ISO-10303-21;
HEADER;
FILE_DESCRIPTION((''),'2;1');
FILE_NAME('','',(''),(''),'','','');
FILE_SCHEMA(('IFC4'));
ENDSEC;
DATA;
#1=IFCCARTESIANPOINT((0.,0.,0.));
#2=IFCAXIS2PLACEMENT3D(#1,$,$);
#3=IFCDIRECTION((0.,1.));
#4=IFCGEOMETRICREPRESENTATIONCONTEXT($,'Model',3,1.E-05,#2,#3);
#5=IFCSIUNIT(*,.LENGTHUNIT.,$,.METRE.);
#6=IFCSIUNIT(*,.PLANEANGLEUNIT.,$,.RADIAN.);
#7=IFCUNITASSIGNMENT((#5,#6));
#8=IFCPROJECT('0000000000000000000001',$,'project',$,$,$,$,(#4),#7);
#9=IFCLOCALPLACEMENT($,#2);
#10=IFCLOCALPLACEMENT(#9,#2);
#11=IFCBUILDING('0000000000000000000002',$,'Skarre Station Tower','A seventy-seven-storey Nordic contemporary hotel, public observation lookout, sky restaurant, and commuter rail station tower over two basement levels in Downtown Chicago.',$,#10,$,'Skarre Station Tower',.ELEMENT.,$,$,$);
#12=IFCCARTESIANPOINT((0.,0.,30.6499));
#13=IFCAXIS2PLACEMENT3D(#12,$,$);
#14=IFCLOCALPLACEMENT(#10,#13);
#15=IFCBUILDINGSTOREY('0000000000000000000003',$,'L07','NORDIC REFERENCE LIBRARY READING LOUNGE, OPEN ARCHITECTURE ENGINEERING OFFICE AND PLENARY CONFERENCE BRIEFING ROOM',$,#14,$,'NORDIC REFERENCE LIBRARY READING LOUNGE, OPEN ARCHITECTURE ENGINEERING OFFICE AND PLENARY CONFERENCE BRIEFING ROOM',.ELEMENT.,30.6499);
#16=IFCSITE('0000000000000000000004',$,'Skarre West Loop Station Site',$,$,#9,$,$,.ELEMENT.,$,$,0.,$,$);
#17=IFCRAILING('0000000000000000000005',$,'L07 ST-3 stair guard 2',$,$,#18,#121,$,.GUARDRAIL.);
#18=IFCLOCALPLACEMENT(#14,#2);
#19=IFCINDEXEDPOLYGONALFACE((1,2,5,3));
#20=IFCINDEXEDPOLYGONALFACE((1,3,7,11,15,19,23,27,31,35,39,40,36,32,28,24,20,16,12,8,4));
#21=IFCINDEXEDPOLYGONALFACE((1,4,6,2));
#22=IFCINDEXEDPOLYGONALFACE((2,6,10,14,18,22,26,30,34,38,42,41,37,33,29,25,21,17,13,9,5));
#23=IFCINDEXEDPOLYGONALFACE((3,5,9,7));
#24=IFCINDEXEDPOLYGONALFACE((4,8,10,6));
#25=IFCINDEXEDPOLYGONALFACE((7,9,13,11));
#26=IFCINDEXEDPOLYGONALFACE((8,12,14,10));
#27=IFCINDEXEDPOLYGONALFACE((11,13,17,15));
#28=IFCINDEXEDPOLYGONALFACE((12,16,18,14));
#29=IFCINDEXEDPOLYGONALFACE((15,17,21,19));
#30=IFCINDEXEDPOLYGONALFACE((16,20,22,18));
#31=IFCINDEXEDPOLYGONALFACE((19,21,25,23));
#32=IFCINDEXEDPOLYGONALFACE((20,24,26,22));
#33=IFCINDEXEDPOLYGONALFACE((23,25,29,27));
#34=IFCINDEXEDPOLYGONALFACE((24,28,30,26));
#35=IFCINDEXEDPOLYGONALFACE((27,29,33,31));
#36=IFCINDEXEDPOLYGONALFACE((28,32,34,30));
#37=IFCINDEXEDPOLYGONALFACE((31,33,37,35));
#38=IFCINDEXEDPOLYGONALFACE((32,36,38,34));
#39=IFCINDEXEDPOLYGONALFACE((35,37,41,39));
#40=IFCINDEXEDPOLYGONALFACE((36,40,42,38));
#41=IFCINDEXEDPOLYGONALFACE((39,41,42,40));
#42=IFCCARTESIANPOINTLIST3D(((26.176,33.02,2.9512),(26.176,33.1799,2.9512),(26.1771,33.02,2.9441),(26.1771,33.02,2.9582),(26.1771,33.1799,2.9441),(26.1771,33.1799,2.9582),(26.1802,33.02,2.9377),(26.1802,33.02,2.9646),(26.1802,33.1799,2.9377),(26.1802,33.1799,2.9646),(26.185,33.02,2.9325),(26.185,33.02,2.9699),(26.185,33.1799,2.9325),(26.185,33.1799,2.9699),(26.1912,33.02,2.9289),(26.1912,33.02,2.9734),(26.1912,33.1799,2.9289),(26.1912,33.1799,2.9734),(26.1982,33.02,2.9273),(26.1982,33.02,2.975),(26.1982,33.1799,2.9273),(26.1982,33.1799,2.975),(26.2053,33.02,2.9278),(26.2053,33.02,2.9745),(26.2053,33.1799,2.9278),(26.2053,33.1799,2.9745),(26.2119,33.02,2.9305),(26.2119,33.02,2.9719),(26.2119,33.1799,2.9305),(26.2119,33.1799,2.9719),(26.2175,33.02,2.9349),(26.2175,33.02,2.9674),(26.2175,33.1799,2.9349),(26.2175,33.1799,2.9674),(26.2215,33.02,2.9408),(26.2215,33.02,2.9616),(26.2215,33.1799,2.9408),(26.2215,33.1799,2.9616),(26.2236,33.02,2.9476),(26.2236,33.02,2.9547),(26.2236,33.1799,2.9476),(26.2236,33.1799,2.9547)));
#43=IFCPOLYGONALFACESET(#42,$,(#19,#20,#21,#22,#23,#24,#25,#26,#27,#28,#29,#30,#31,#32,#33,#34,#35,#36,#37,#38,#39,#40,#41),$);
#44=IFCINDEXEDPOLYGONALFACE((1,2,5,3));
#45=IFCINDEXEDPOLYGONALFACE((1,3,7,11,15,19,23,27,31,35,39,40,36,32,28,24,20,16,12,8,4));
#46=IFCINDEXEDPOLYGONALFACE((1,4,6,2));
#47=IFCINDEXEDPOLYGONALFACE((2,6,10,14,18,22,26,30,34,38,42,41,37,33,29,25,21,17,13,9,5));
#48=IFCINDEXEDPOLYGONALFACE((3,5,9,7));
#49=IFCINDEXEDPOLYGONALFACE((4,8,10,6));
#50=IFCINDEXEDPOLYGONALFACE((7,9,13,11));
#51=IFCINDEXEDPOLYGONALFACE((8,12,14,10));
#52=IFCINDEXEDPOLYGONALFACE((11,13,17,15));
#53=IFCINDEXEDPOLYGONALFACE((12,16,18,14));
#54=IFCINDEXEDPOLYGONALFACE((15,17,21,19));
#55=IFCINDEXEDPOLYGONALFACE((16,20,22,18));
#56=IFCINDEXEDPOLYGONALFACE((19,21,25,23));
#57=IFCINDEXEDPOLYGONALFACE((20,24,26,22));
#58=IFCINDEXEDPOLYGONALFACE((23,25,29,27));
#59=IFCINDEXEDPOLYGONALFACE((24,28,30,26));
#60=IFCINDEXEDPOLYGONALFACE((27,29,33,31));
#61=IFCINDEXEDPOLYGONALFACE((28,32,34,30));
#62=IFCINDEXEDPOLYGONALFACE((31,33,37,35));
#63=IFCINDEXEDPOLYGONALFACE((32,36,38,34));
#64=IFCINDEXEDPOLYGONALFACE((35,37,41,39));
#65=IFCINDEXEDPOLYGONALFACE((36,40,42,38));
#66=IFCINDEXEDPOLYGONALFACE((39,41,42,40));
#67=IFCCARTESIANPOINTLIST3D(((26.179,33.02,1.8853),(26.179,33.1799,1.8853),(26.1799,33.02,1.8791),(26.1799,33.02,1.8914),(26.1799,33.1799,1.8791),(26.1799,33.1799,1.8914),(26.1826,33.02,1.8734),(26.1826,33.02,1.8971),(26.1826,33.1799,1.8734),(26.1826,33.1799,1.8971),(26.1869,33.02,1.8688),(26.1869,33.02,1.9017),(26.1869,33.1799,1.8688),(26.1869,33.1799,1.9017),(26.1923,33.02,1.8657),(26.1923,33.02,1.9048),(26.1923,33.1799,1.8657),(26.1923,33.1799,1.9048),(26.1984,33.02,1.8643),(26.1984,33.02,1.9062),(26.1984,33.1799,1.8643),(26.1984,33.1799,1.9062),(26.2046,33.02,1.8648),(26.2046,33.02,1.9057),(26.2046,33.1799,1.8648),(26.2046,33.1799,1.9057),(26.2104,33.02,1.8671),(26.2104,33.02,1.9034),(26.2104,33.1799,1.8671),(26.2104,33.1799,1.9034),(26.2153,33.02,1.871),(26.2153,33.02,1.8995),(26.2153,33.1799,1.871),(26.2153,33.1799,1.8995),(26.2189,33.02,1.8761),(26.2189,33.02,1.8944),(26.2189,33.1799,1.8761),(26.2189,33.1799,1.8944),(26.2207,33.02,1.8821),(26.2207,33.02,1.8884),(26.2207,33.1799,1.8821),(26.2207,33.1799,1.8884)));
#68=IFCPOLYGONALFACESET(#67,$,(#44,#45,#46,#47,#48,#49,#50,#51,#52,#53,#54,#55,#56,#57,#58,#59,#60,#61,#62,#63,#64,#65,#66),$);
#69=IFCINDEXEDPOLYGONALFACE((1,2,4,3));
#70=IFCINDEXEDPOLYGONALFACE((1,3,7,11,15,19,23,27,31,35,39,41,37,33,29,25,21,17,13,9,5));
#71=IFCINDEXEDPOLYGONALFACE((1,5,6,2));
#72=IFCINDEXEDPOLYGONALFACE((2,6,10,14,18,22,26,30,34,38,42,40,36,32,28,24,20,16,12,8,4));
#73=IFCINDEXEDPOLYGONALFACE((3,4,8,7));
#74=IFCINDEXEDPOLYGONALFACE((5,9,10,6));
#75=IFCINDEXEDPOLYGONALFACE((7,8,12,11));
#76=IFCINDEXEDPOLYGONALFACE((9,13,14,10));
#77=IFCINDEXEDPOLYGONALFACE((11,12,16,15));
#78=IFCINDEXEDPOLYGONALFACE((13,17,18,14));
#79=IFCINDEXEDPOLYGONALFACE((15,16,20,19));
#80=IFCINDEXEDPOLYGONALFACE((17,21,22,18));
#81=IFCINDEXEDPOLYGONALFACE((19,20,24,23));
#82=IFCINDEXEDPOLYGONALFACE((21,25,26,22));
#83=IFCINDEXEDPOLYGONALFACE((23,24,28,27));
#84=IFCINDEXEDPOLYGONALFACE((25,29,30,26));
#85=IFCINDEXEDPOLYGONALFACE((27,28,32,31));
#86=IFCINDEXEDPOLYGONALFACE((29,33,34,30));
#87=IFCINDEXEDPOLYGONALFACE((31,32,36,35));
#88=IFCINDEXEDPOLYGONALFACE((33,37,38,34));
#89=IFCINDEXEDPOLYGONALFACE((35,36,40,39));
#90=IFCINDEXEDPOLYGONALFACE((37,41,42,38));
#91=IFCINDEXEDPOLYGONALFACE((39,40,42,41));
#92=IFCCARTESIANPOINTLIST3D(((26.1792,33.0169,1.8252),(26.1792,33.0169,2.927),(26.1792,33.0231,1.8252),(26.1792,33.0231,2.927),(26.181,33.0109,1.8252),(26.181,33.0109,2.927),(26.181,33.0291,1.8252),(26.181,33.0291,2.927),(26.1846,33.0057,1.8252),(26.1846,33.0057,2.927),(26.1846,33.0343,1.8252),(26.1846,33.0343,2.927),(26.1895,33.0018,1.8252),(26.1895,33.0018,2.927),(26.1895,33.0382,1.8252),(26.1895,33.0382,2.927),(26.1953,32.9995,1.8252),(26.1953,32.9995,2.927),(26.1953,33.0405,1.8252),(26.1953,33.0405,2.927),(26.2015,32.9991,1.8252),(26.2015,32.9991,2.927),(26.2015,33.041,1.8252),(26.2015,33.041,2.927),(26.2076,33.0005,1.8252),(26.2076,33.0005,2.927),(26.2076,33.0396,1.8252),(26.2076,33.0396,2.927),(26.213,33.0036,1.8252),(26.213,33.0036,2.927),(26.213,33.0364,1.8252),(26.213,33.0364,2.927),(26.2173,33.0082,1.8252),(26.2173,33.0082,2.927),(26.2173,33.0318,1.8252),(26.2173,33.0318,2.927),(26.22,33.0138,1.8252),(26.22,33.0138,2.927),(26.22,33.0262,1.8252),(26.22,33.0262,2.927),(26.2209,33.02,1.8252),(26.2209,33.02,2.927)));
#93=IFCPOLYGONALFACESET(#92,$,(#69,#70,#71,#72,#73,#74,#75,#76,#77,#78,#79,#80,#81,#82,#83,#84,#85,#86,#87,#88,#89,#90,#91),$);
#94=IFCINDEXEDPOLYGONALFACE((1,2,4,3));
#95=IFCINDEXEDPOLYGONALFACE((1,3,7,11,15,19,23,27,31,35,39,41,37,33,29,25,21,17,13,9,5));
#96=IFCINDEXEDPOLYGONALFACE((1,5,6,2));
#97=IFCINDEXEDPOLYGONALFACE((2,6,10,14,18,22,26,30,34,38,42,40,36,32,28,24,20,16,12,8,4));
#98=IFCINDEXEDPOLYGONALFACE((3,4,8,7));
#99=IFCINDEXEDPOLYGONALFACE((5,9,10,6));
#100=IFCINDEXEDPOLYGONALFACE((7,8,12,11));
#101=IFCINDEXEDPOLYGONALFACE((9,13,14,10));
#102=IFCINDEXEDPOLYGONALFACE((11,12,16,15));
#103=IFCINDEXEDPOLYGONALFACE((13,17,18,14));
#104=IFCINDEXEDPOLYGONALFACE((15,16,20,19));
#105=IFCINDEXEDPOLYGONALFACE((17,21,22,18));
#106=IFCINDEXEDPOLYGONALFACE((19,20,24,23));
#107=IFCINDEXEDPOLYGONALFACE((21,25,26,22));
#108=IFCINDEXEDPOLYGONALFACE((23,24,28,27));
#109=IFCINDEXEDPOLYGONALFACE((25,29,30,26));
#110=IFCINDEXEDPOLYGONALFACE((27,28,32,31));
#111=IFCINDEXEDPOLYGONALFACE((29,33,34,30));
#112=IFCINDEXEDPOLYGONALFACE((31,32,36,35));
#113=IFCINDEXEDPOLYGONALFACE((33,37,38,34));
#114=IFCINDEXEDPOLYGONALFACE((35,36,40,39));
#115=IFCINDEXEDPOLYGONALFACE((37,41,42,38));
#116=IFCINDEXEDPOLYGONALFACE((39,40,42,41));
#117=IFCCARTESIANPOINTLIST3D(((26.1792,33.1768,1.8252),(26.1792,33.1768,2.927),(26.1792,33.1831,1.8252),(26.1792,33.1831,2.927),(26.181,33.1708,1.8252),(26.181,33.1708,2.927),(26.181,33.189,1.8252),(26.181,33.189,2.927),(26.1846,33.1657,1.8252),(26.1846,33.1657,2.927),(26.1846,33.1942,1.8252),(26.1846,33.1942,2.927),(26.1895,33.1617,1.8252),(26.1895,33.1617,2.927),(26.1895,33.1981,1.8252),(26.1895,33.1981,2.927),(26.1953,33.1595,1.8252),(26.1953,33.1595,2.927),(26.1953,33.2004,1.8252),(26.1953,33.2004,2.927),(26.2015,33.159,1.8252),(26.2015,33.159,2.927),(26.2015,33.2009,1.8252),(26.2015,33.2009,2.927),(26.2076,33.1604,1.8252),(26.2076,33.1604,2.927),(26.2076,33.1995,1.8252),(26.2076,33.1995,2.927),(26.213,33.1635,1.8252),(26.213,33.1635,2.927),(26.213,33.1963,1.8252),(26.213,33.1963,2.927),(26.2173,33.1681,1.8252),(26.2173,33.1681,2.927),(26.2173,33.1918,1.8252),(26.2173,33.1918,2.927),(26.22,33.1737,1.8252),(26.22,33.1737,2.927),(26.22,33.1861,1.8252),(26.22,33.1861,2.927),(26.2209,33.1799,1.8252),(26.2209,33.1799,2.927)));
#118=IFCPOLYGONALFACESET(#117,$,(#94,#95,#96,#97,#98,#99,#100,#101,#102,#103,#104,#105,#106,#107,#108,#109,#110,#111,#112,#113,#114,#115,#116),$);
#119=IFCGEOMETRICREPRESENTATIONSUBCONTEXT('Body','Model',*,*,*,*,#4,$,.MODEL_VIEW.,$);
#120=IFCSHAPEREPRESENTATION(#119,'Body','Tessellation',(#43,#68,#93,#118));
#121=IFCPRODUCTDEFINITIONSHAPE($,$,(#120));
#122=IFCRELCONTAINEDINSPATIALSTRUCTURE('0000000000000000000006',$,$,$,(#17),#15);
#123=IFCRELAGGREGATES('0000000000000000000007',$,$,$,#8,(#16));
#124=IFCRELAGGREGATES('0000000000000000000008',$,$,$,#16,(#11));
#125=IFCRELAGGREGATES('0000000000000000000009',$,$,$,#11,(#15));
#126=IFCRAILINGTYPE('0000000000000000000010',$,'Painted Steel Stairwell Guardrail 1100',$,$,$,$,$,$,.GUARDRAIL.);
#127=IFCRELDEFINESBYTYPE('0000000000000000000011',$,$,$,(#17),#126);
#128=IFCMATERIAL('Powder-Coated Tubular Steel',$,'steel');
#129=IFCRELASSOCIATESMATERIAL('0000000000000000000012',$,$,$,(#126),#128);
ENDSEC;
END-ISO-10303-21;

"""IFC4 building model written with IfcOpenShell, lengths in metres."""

from ifc_helpers import new_model, si_unit, direction, frame, origin, origin_2d, place, context, subcontext, project, spatial, circle, extrude, material, type_object, element, save


model = new_model("IFC4")

# Units and contexts
model_context = context("Model", 3, precision=1e-05, world=origin(), true_north=direction((0.0, 1.0)))
body_context = subcontext(model_context, "Body", "Model", "MODEL_VIEW")
ifc_project = project(units=[si_unit("LENGTHUNIT", "METRE"), si_unit("PLANEANGLEUNIT", "RADIAN")], contexts=[model_context])

# Site, building, storey
site_placement = place(None, origin())
site = spatial("IfcSite", under=ifc_project, at=site_placement, Name="Skarre West Loop Station Site", CompositionType="ELEMENT", RefElevation=0.0)
building_placement = place(site_placement, origin())
building = spatial("IfcBuilding", under=site, at=building_placement, Name="Skarre Station Tower", Description="A seventy-seven-storey Nordic contemporary hotel, public observation lookout, sky restaurant, and commuter rail station tower over two basement levels in Downtown Chicago.", LongName="Skarre Station Tower", CompositionType="ELEMENT")
storey_placement = place(building_placement, frame((0.0, 0.0, 30.6499)))
storey = spatial("IfcBuildingStorey", under=building, at=storey_placement, Name="L07", Description="NORDIC REFERENCE LIBRARY READING LOUNGE, OPEN ARCHITECTURE ENGINEERING OFFICE AND PLENARY CONFERENCE BRIEFING ROOM", LongName="NORDIC REFERENCE LIBRARY READING LOUNGE, OPEN ARCHITECTURE ENGINEERING OFFICE AND PLENARY CONFERENCE BRIEFING ROOM", CompositionType="ELEMENT", Elevation=30.6499)

# Railing
ifc_material_1 = material(Name="Powder-Coated Tubular Steel", Category="steel")
railing_type_1 = type_object("IfcRailingType", Name="Painted Steel Stairwell Guardrail 1100", PredefinedType="GUARDRAIL", material=ifc_material_1)
railing_1_placement = place(storey_placement, frame((26.2, 33.02, 1.8252)))
element("IfcRailing", 1, at=railing_1_placement, inside=storey, type_object=railing_type_1, Name="L07 ST-3 stair guard 2", PredefinedType="GUARDRAIL", context=body_context, shape_type="SweptSolid", body=[
    extrude(circle(Radius=0.0239, at=origin_2d()), frame((0.0, 0.0, 1.126), z_axis=(0.0, 1.0, 0.0), x_axis=(-1.0, 0.0, 0.0)), (0.0, 0.0, 1.0), 0.1599),
    extrude(circle(Radius=0.021, at=origin_2d()), frame((0.0, 0.0, 0.0601), z_axis=(0.0, 1.0, 0.0), x_axis=(-1.0, 0.0, 0.0)), (0.0, 0.0, 1.0), 0.1599),
    extrude(circle(Radius=0.021, at=origin_2d()), origin(), (0.0, 0.0, 1.0), 1.1018),
    extrude(circle(Radius=0.021, at=origin_2d()), frame((0.0, 0.1599, 0.0)), (0.0, 0.0, 1.0), 1.1018),
])

save(model, "model.ifc")
